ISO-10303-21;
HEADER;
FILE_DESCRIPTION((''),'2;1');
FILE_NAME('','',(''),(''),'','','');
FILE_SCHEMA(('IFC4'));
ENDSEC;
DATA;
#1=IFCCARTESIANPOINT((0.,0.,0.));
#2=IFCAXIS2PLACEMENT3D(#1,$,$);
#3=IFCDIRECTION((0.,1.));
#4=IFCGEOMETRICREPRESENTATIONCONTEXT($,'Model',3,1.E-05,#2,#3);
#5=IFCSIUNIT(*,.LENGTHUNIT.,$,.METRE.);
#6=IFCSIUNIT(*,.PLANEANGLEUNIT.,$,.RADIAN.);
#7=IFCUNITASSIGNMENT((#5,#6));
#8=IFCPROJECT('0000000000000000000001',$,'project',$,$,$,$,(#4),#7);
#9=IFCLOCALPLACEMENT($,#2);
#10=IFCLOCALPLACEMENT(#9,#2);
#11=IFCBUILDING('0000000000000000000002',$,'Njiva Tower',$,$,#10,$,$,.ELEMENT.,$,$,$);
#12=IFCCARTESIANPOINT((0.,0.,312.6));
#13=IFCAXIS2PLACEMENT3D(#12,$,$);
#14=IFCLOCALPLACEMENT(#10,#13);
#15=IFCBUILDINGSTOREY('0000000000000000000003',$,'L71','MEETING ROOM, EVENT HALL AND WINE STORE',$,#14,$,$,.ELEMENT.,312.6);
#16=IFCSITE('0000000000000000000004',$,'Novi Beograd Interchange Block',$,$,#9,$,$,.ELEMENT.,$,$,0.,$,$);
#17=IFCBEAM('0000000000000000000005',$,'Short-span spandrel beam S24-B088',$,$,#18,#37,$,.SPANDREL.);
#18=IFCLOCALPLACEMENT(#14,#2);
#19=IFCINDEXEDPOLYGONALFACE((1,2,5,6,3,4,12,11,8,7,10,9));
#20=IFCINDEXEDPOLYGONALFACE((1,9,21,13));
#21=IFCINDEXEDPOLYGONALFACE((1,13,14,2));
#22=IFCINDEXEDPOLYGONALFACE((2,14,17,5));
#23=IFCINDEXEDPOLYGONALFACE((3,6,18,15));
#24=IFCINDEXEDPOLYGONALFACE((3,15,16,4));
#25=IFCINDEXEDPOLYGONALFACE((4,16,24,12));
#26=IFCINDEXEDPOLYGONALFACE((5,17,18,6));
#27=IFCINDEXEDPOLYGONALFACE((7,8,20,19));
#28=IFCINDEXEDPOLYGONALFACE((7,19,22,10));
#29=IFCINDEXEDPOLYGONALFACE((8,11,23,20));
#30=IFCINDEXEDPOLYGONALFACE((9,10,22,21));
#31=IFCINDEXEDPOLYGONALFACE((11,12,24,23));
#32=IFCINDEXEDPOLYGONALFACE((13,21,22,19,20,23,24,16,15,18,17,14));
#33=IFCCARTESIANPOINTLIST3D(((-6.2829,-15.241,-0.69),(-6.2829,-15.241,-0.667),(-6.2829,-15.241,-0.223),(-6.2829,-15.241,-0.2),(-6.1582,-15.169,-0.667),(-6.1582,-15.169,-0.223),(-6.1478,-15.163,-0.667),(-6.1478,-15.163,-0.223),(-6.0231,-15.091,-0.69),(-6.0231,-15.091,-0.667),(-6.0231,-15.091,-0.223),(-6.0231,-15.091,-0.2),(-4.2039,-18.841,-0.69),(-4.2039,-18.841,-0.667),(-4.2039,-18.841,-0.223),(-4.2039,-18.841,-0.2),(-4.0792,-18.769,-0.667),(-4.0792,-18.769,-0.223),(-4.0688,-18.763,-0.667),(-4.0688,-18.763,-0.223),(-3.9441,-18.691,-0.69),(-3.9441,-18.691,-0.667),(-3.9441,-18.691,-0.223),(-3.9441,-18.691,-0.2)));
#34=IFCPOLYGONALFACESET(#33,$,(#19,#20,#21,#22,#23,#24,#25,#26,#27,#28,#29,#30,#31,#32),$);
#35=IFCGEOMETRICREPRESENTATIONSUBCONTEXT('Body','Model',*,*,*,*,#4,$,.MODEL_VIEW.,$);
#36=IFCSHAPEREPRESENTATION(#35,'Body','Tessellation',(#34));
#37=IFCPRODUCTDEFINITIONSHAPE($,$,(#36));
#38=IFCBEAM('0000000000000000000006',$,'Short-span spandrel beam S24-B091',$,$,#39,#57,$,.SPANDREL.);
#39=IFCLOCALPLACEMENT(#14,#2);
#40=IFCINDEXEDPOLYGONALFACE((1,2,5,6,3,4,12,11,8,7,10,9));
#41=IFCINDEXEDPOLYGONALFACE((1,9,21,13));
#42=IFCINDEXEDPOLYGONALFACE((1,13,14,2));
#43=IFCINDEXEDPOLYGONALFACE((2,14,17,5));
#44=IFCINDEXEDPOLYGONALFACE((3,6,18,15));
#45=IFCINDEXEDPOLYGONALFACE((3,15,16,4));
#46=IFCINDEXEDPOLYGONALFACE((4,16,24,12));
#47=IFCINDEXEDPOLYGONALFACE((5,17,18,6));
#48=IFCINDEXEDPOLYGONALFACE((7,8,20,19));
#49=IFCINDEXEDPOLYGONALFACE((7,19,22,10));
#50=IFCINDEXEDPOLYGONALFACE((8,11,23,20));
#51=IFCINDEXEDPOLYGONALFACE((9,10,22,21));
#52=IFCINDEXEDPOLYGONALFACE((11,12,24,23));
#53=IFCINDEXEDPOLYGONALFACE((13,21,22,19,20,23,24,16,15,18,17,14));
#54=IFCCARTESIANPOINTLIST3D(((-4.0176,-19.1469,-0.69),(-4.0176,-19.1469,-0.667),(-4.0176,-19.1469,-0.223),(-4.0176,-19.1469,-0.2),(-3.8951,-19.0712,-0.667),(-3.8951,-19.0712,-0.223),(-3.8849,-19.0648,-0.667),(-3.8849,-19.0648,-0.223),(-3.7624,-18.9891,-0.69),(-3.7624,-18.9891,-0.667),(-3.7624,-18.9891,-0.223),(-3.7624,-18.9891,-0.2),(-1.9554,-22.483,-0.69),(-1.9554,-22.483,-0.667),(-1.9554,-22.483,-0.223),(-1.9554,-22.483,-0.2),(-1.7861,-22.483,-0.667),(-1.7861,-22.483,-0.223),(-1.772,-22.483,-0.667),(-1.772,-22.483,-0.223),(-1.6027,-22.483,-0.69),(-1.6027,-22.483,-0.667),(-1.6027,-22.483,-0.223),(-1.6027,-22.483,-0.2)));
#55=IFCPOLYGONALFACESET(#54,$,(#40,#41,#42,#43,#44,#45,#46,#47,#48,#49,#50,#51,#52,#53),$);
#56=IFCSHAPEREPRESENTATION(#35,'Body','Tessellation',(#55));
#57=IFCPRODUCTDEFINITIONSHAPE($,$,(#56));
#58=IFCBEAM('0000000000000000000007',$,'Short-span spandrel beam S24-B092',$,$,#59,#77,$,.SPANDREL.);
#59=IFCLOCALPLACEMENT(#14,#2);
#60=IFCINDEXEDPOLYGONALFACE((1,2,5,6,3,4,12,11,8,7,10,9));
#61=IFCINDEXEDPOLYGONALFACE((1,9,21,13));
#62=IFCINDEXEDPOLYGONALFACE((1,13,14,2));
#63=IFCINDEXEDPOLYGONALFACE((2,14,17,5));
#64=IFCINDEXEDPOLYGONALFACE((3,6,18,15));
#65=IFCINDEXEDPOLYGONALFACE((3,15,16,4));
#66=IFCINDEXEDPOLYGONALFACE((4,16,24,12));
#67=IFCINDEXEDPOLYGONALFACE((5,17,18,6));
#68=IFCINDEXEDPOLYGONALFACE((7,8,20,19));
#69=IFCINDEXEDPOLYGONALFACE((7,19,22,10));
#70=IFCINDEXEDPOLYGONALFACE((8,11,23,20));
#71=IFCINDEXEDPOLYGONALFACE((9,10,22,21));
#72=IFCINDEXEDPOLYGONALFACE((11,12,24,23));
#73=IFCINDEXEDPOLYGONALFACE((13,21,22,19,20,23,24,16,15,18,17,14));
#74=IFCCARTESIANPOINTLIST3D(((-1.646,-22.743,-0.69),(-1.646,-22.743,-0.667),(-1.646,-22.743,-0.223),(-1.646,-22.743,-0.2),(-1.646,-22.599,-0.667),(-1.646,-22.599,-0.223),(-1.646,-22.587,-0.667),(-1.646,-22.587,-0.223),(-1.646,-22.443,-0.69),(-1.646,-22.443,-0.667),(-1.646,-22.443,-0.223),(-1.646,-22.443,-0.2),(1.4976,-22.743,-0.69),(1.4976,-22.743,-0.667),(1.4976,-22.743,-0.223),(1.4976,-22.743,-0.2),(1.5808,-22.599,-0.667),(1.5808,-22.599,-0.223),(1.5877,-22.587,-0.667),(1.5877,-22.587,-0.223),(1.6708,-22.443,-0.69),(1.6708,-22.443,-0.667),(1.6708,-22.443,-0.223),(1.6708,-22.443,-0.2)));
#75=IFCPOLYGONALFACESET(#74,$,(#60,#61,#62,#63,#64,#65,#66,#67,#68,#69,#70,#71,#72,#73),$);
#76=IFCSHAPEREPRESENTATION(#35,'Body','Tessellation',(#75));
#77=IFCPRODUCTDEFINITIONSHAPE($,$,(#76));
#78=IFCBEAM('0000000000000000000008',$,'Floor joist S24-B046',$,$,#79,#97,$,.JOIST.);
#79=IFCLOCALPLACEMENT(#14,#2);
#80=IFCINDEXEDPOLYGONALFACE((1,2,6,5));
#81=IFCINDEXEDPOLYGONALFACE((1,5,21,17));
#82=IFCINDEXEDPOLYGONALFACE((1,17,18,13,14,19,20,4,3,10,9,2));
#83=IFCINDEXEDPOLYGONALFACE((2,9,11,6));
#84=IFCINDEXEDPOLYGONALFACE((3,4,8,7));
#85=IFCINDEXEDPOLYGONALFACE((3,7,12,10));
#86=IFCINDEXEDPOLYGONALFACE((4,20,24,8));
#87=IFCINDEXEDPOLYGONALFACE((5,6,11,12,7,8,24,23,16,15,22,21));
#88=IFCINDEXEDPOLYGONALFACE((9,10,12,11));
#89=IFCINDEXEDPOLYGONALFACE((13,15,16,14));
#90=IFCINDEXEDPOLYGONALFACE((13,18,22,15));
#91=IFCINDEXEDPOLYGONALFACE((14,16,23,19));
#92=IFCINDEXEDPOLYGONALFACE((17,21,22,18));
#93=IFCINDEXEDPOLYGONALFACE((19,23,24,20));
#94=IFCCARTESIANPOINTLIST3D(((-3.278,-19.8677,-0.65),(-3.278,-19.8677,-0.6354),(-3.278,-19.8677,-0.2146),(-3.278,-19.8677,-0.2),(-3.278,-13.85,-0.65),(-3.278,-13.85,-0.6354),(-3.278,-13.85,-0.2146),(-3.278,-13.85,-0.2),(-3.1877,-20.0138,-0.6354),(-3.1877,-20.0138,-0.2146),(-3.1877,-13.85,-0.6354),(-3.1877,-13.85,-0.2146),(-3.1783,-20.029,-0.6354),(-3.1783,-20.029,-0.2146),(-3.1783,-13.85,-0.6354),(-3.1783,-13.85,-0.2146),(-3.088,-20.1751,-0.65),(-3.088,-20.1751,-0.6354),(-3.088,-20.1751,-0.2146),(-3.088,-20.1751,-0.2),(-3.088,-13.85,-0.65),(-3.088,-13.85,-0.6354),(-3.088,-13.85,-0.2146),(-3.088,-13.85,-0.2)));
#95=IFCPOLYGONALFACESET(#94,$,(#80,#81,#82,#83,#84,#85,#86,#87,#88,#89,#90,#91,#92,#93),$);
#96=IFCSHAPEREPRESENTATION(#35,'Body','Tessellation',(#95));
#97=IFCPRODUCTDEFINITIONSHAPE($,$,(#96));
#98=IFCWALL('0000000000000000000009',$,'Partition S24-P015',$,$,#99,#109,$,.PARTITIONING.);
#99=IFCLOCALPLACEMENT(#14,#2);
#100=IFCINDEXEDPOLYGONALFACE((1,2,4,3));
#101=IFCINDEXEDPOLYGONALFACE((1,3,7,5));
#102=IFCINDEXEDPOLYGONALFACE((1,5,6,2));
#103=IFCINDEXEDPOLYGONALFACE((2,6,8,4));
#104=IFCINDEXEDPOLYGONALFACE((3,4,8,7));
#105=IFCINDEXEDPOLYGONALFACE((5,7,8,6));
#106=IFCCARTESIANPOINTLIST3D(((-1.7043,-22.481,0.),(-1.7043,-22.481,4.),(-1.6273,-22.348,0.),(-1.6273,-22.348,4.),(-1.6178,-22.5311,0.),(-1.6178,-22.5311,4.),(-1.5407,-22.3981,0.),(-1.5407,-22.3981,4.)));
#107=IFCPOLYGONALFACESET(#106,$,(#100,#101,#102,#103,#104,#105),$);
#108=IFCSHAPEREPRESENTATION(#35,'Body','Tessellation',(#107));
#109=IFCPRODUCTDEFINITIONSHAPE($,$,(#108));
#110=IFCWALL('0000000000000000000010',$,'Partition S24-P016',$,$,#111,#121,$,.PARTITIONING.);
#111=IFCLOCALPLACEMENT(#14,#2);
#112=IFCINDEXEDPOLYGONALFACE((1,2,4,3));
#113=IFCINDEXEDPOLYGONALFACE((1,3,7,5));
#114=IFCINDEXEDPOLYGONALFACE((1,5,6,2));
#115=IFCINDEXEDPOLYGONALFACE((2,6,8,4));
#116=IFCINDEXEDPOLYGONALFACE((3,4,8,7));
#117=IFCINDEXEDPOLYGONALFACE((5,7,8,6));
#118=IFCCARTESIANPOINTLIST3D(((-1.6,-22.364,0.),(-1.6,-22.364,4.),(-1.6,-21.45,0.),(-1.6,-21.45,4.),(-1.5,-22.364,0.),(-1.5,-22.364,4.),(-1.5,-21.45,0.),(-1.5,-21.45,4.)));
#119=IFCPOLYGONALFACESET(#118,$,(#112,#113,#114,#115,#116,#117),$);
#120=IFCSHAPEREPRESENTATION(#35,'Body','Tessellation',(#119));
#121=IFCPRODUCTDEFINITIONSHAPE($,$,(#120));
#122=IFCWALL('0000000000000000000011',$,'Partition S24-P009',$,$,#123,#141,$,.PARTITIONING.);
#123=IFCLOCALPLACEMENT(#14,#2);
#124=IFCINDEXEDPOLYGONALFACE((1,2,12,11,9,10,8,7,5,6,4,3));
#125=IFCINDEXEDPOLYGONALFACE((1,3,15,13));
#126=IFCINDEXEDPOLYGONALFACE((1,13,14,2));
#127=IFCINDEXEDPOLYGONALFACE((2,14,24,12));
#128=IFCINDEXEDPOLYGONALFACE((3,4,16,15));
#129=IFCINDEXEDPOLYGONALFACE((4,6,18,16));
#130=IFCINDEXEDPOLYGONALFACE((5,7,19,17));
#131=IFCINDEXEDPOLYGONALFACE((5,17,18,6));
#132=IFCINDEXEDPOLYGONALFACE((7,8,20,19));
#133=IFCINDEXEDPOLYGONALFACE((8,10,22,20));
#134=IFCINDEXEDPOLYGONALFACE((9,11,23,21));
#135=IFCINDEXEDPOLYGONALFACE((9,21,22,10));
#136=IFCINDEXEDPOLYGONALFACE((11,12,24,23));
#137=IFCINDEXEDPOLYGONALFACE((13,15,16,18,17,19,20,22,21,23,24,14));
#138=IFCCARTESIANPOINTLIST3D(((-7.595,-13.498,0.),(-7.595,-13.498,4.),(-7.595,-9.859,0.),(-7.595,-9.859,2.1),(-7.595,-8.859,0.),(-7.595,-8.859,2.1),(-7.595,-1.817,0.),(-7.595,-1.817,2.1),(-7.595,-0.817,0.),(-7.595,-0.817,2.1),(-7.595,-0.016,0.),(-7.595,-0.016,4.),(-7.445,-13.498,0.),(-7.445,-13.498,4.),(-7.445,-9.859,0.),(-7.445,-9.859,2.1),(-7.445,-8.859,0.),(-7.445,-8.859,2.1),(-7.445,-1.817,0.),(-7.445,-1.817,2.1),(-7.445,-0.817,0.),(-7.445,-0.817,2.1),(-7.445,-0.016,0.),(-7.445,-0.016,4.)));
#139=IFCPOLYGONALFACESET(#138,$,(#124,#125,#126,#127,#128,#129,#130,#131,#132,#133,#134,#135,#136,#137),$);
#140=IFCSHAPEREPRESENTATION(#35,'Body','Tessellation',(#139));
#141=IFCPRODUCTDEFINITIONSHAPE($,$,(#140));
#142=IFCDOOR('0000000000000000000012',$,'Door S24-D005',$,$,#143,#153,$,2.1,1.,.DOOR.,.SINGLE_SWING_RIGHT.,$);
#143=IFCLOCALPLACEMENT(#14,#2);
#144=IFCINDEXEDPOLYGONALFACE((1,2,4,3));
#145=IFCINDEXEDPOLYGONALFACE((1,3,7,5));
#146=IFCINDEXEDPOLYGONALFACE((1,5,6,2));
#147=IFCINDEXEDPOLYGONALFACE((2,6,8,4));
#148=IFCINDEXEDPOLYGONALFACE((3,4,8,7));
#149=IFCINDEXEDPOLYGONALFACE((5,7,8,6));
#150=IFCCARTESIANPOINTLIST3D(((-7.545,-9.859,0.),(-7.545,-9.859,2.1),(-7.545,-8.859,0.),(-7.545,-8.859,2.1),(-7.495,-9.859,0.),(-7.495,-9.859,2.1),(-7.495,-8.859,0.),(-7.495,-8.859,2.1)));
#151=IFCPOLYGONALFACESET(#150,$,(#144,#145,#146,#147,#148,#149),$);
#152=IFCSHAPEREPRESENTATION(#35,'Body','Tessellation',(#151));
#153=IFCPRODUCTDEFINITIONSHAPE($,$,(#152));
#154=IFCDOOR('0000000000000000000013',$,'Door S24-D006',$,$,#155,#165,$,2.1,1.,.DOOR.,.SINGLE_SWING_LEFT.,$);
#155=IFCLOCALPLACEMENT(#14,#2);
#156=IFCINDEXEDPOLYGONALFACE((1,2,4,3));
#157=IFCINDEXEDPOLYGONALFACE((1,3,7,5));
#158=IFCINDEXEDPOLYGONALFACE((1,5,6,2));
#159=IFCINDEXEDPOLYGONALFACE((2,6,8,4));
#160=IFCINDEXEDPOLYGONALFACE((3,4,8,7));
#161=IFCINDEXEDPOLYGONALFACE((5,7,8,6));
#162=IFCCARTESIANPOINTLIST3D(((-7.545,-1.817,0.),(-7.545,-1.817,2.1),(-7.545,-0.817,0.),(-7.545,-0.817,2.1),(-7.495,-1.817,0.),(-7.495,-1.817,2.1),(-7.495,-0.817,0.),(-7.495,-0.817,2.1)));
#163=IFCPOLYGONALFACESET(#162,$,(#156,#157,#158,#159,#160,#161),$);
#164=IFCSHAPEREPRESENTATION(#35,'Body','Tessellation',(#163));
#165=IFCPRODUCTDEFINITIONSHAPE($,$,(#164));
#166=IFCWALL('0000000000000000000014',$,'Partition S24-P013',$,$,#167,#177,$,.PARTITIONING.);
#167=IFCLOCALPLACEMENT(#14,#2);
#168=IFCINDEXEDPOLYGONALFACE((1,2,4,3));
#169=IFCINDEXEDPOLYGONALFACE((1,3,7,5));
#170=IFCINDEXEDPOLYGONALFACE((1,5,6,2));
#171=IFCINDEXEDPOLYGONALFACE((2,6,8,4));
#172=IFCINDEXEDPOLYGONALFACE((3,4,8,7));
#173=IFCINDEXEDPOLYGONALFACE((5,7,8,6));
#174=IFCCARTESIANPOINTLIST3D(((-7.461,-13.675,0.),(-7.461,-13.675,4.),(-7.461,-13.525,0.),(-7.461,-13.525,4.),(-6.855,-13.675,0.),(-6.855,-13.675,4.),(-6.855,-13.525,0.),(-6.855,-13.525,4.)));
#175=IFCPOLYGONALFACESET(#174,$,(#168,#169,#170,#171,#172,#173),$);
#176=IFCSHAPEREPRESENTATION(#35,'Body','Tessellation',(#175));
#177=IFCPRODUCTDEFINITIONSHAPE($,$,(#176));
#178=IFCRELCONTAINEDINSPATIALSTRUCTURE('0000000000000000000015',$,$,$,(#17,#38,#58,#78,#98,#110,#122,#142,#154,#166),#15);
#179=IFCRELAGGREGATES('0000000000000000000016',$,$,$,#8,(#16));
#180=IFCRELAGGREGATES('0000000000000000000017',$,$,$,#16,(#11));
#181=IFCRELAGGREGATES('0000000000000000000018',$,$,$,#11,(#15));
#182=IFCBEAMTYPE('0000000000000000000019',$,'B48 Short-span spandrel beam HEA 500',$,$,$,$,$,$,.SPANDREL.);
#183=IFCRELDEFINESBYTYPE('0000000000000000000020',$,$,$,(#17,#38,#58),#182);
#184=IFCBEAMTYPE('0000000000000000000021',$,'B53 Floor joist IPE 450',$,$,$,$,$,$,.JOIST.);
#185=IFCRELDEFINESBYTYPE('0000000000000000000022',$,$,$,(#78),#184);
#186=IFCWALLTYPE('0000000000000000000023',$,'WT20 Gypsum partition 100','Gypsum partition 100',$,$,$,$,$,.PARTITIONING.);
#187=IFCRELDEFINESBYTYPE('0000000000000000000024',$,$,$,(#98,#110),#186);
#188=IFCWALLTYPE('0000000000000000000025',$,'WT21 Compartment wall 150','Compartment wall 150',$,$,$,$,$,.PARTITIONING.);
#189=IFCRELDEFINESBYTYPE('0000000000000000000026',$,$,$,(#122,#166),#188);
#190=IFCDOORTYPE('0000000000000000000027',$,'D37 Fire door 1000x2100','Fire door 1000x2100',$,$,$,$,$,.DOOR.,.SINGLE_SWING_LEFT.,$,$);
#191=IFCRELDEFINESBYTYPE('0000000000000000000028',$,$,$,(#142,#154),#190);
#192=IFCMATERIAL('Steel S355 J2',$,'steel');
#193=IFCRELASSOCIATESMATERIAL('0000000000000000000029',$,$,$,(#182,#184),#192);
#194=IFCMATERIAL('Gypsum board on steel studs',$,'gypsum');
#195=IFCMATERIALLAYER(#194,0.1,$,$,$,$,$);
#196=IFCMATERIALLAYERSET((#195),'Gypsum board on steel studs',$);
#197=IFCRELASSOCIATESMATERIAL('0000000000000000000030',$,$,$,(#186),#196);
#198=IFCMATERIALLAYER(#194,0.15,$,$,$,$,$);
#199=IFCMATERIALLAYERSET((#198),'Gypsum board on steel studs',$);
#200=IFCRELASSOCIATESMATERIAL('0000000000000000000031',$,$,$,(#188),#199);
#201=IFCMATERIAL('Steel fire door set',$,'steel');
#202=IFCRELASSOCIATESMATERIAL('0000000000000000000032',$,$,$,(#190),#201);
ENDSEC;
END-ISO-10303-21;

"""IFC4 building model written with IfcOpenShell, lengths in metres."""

from ifc_helpers import new_model, si_unit, direction, frame, frame_2d, origin, origin_2d, place, context, subcontext, project, spatial, rectangle, i_section, extrude, clip, halfspace, material, layer, layer_set, material_profile, profile_set, type_object, element, fill, save


model = new_model("IFC4")

# Units and contexts
model_context = context("Model", 3, precision=1e-05, world=origin(), true_north=direction((0.0, 1.0)))
body_context = subcontext(model_context, "Body", "Model", "MODEL_VIEW")
ifc_project = project(units=[si_unit("LENGTHUNIT", "METRE"), si_unit("PLANEANGLEUNIT", "RADIAN")], contexts=[model_context])

# Site, building, storey
site_placement = place(None, origin())
site = spatial("IfcSite", under=ifc_project, at=site_placement, Name="Novi Beograd Interchange Block", CompositionType="ELEMENT", RefElevation=0.0)
building_placement = place(site_placement, origin())
building = spatial("IfcBuilding", under=site, at=building_placement, Name="Njiva Tower", CompositionType="ELEMENT")
storey_placement = place(building_placement, frame((0.0, 0.0, 312.6)))
storey = spatial("IfcBuildingStorey", under=building, at=storey_placement, Name="L71", Description="MEETING ROOM, EVENT HALL AND WINE STORE", CompositionType="ELEMENT", Elevation=312.6)

# Shared definitions
ifc_material_1 = material(Name="Steel S355 J2", Category="steel")

# Beams
ifc_material_profile_1 = material_profile(ifc_material_1, i_section(OverallWidth=0.3, OverallDepth=0.49, WebThickness=0.012, FlangeThickness=0.023, at=origin_2d()), Name="HEA 500")
ifc_profile_set_1 = profile_set([ifc_material_profile_1], Name="Steel S355 J2")
beam_type_1 = type_object("IfcBeamType", Name="B48 Short-span spandrel beam HEA 500", PredefinedType="SPANDREL", material=ifc_profile_set_1)
beam_1_placement = place(storey_placement, frame((-6.153, -15.166, -0.445), z_axis=(0.500097, -0.865969, 0.0), x_axis=(0.865969, 0.500097, 0.0)))
element("IfcBeam", 1, at=beam_1_placement, inside=storey, type_object=beam_type_1, Name="Short-span spandrel beam S24-B088", PredefinedType="SPANDREL", context=body_context, shape_type="SweptSolid", body=[
    extrude(i_section(OverallWidth=0.3, OverallDepth=0.49, WebThickness=0.012, FlangeThickness=0.023, at=origin_2d()), origin(), (0.0, 0.0, 1.0), 4.1572),
])
beam_2_placement = place(storey_placement, frame((-3.89, -19.068, -0.445), z_axis=(0.525806, -0.850605, 0.0), x_axis=(0.850605, 0.525806, 0.0)))
element("IfcBeam", 2, at=beam_2_placement, inside=storey, type_object=beam_type_1, Name="Short-span spandrel beam S24-B091", PredefinedType="SPANDREL", context=body_context, shape_type="Clipping", body=[
    clip(extrude(i_section(OverallWidth=0.3, OverallDepth=0.49, WebThickness=0.012, FlangeThickness=0.023, at=origin_2d()), origin(), (0.0, 0.0, 1.0), 4.1278), halfspace(frame((-0.0263, 0.0, 3.9985), z_axis=(-0.525806, 0.0, 0.850605), x_axis=(0.0, 1.0, 0.0)), False)),
])
beam_3_placement = place(storey_placement, frame((-1.646, -22.593, -0.445), z_axis=(1.0, 0.0, 0.0), x_axis=(0.0, 1.0, 0.0)))
element("IfcBeam", 3, at=beam_3_placement, inside=storey, type_object=beam_type_1, Name="Short-span spandrel beam S24-B092", PredefinedType="SPANDREL", context=body_context, shape_type="Clipping", body=[
    clip(extrude(i_section(OverallWidth=0.3, OverallDepth=0.49, WebThickness=0.012, FlangeThickness=0.023, at=origin_2d()), origin(), (0.0, 0.0, 1.0), 3.338), halfspace(frame((-0.0245, 0.0, 3.2161), z_axis=(-0.499998, 0.0, 0.866027), x_axis=(0.0, 1.0, 0.0)), False)),
])
ifc_material_profile_2 = material_profile(ifc_material_1, i_section(OverallWidth=0.19, OverallDepth=0.45, WebThickness=0.0094, FlangeThickness=0.0146, at=origin_2d()), Name="IPE 450")
ifc_profile_set_2 = profile_set([ifc_material_profile_2], Name="Steel S355 J2")
beam_type_2 = type_object("IfcBeamType", Name="B53 Floor joist IPE 450", PredefinedType="JOIST", material=ifc_profile_set_2)
beam_4_placement = place(storey_placement, frame((-3.183, -13.85, -0.425), z_axis=(0.0, -1.0, 0.0), x_axis=(1.0, 0.0, 0.0)))
element("IfcBeam", 4, at=beam_4_placement, inside=storey, type_object=beam_type_2, Name="Floor joist S24-B046", PredefinedType="JOIST", context=body_context, shape_type="Clipping", body=[
    clip(extrude(i_section(OverallWidth=0.19, OverallDepth=0.45, WebThickness=0.0094, FlangeThickness=0.0146, at=origin_2d()), origin(), (0.0, 0.0, 1.0), 6.345), halfspace(frame((-0.0429, 0.0, 6.102), z_axis=(-0.850616, 0.0, 0.525788), x_axis=(0.0, 1.0, 0.0)), False)),
])

# Walls
ifc_material_2 = material(Name="Gypsum board on steel studs", Category="gypsum")
ifc_layer_1 = layer(ifc_material_2, 0.1)
ifc_layer_set_1 = layer_set([ifc_layer_1], Name="Gypsum board on steel studs")
wall_type_1 = type_object("IfcWallType", Name="WT20 Gypsum partition 100", Description="Gypsum partition 100", PredefinedType="PARTITIONING", material=ifc_layer_set_1)
wall_1_placement = place(storey_placement, frame((-1.661, -22.506, 0.0), z_axis=(0.0, 0.0, 1.0), x_axis=(0.501036, 0.865426, 0.0)))
element("IfcWall", 5, at=wall_1_placement, inside=storey, type_object=wall_type_1, Name="Partition S24-P015", PredefinedType="PARTITIONING", context=body_context, shape_type="SweptSolid", body=[
    extrude(rectangle(XDim=0.1537, YDim=0.1, at=frame_2d((0.0768, 0.0))), origin(), (0.0, 0.0, 1.0), 4.0),
])
wall_2_placement = place(storey_placement, frame((-1.55, -22.364, 0.0), z_axis=(0.0, 0.0, 1.0), x_axis=(0.0, 1.0, 0.0)))
element("IfcWall", 6, at=wall_2_placement, inside=storey, type_object=wall_type_1, Name="Partition S24-P016", PredefinedType="PARTITIONING", context=body_context, shape_type="SweptSolid", body=[
    extrude(rectangle(XDim=0.914, YDim=0.1, at=frame_2d((0.457, 0.0))), origin(), (0.0, 0.0, 1.0), 4.0),
])

# Wall, openings, doors
ifc_layer_2 = layer(ifc_material_2, 0.15)
ifc_layer_set_2 = layer_set([ifc_layer_2], Name="Gypsum board on steel studs")
wall_type_2 = type_object("IfcWallType", Name="WT21 Compartment wall 150", Description="Compartment wall 150", PredefinedType="PARTITIONING", material=ifc_layer_set_2)
wall_3_placement = place(storey_placement, frame((-7.52, -13.498, 0.0), z_axis=(0.0, 0.0, 1.0), x_axis=(0.0, 1.0, 0.0)))
wall_3 = element("IfcWall", 7, at=wall_3_placement, inside=storey, type_object=wall_type_2, Name="Partition S24-P009", PredefinedType="PARTITIONING", context=body_context, shape_type="SweptSolid", body=[
    extrude(rectangle(XDim=13.482, YDim=0.15, at=frame_2d((6.741, 0.0))), origin(), (0.0, 0.0, 1.0), 4.0),
])
opening_1_placement = place(wall_3_placement, frame((3.639, 0.0, 0.0)))
opening_1 = element("IfcOpeningElement", 8, at=opening_1_placement, cuts=wall_3, PredefinedType="OPENING", context=body_context, shape_type="SweptSolid", body=[
    extrude(rectangle(XDim=1.0, YDim=2.1, at=frame_2d((0.5, 1.05))), frame((0.0, 0.085, 0.0), z_axis=(0.0, -1.0, 0.0), x_axis=(1.0, 0.0, 0.0)), (0.0, 0.0, 1.0), 0.17),
])
opening_2_placement = place(wall_3_placement, frame((11.681, 0.0, 0.0)))
opening_2 = element("IfcOpeningElement", 9, at=opening_2_placement, cuts=wall_3, PredefinedType="OPENING", context=body_context, shape_type="SweptSolid", body=[
    extrude(rectangle(XDim=1.0, YDim=2.1, at=frame_2d((0.5, 1.05))), frame((0.0, 0.085, 0.0), z_axis=(0.0, -1.0, 0.0), x_axis=(1.0, 0.0, 0.0)), (0.0, 0.0, 1.0), 0.17),
])
ifc_material_3 = material(Name="Steel fire door set", Category="steel")
door_type = type_object("IfcDoorType", Name="D37 Fire door 1000x2100", Description="Fire door 1000x2100", OperationType="SINGLE_SWING_LEFT", PredefinedType="DOOR", material=ifc_material_3)
door_1_placement = place(opening_1_placement, origin())
door_1 = element("IfcDoor", 10, at=door_1_placement, inside=storey, type_object=door_type, Name="Door S24-D005", OperationType="SINGLE_SWING_RIGHT", OverallHeight=2.1, OverallWidth=1.0, PredefinedType="DOOR", context=body_context, shape_type="SweptSolid", body=[
    extrude(rectangle(XDim=1.0, YDim=2.1, at=frame_2d((0.5, 1.05))), frame((0.0, 0.025, 0.0), z_axis=(0.0, -1.0, 0.0), x_axis=(1.0, 0.0, 0.0)), (0.0, 0.0, 1.0), 0.05),
])
fill(opening_1, door_1)
door_2_placement = place(opening_2_placement, origin())
door_2 = element("IfcDoor", 11, at=door_2_placement, inside=storey, type_object=door_type, Name="Door S24-D006", OperationType="SINGLE_SWING_LEFT", OverallHeight=2.1, OverallWidth=1.0, PredefinedType="DOOR", context=body_context, shape_type="SweptSolid", body=[
    extrude(rectangle(XDim=1.0, YDim=2.1, at=frame_2d((0.5, 1.05))), frame((0.0, 0.025, 0.0), z_axis=(0.0, -1.0, 0.0), x_axis=(1.0, 0.0, 0.0)), (0.0, 0.0, 1.0), 0.05),
])
fill(opening_2, door_2)

# Wall
wall_4_placement = place(storey_placement, frame((-7.461, -13.6, 0.0), z_axis=(0.0, 0.0, 1.0), x_axis=(1.0, 0.0, 0.0)))
element("IfcWall", 12, at=wall_4_placement, inside=storey, type_object=wall_type_2, Name="Partition S24-P013", PredefinedType="PARTITIONING", context=body_context, shape_type="SweptSolid", body=[
    extrude(rectangle(XDim=0.606, YDim=0.15, at=frame_2d((0.303, 0.0))), origin(), (0.0, 0.0, 1.0), 4.0),
])

save(model, "model.ifc")
